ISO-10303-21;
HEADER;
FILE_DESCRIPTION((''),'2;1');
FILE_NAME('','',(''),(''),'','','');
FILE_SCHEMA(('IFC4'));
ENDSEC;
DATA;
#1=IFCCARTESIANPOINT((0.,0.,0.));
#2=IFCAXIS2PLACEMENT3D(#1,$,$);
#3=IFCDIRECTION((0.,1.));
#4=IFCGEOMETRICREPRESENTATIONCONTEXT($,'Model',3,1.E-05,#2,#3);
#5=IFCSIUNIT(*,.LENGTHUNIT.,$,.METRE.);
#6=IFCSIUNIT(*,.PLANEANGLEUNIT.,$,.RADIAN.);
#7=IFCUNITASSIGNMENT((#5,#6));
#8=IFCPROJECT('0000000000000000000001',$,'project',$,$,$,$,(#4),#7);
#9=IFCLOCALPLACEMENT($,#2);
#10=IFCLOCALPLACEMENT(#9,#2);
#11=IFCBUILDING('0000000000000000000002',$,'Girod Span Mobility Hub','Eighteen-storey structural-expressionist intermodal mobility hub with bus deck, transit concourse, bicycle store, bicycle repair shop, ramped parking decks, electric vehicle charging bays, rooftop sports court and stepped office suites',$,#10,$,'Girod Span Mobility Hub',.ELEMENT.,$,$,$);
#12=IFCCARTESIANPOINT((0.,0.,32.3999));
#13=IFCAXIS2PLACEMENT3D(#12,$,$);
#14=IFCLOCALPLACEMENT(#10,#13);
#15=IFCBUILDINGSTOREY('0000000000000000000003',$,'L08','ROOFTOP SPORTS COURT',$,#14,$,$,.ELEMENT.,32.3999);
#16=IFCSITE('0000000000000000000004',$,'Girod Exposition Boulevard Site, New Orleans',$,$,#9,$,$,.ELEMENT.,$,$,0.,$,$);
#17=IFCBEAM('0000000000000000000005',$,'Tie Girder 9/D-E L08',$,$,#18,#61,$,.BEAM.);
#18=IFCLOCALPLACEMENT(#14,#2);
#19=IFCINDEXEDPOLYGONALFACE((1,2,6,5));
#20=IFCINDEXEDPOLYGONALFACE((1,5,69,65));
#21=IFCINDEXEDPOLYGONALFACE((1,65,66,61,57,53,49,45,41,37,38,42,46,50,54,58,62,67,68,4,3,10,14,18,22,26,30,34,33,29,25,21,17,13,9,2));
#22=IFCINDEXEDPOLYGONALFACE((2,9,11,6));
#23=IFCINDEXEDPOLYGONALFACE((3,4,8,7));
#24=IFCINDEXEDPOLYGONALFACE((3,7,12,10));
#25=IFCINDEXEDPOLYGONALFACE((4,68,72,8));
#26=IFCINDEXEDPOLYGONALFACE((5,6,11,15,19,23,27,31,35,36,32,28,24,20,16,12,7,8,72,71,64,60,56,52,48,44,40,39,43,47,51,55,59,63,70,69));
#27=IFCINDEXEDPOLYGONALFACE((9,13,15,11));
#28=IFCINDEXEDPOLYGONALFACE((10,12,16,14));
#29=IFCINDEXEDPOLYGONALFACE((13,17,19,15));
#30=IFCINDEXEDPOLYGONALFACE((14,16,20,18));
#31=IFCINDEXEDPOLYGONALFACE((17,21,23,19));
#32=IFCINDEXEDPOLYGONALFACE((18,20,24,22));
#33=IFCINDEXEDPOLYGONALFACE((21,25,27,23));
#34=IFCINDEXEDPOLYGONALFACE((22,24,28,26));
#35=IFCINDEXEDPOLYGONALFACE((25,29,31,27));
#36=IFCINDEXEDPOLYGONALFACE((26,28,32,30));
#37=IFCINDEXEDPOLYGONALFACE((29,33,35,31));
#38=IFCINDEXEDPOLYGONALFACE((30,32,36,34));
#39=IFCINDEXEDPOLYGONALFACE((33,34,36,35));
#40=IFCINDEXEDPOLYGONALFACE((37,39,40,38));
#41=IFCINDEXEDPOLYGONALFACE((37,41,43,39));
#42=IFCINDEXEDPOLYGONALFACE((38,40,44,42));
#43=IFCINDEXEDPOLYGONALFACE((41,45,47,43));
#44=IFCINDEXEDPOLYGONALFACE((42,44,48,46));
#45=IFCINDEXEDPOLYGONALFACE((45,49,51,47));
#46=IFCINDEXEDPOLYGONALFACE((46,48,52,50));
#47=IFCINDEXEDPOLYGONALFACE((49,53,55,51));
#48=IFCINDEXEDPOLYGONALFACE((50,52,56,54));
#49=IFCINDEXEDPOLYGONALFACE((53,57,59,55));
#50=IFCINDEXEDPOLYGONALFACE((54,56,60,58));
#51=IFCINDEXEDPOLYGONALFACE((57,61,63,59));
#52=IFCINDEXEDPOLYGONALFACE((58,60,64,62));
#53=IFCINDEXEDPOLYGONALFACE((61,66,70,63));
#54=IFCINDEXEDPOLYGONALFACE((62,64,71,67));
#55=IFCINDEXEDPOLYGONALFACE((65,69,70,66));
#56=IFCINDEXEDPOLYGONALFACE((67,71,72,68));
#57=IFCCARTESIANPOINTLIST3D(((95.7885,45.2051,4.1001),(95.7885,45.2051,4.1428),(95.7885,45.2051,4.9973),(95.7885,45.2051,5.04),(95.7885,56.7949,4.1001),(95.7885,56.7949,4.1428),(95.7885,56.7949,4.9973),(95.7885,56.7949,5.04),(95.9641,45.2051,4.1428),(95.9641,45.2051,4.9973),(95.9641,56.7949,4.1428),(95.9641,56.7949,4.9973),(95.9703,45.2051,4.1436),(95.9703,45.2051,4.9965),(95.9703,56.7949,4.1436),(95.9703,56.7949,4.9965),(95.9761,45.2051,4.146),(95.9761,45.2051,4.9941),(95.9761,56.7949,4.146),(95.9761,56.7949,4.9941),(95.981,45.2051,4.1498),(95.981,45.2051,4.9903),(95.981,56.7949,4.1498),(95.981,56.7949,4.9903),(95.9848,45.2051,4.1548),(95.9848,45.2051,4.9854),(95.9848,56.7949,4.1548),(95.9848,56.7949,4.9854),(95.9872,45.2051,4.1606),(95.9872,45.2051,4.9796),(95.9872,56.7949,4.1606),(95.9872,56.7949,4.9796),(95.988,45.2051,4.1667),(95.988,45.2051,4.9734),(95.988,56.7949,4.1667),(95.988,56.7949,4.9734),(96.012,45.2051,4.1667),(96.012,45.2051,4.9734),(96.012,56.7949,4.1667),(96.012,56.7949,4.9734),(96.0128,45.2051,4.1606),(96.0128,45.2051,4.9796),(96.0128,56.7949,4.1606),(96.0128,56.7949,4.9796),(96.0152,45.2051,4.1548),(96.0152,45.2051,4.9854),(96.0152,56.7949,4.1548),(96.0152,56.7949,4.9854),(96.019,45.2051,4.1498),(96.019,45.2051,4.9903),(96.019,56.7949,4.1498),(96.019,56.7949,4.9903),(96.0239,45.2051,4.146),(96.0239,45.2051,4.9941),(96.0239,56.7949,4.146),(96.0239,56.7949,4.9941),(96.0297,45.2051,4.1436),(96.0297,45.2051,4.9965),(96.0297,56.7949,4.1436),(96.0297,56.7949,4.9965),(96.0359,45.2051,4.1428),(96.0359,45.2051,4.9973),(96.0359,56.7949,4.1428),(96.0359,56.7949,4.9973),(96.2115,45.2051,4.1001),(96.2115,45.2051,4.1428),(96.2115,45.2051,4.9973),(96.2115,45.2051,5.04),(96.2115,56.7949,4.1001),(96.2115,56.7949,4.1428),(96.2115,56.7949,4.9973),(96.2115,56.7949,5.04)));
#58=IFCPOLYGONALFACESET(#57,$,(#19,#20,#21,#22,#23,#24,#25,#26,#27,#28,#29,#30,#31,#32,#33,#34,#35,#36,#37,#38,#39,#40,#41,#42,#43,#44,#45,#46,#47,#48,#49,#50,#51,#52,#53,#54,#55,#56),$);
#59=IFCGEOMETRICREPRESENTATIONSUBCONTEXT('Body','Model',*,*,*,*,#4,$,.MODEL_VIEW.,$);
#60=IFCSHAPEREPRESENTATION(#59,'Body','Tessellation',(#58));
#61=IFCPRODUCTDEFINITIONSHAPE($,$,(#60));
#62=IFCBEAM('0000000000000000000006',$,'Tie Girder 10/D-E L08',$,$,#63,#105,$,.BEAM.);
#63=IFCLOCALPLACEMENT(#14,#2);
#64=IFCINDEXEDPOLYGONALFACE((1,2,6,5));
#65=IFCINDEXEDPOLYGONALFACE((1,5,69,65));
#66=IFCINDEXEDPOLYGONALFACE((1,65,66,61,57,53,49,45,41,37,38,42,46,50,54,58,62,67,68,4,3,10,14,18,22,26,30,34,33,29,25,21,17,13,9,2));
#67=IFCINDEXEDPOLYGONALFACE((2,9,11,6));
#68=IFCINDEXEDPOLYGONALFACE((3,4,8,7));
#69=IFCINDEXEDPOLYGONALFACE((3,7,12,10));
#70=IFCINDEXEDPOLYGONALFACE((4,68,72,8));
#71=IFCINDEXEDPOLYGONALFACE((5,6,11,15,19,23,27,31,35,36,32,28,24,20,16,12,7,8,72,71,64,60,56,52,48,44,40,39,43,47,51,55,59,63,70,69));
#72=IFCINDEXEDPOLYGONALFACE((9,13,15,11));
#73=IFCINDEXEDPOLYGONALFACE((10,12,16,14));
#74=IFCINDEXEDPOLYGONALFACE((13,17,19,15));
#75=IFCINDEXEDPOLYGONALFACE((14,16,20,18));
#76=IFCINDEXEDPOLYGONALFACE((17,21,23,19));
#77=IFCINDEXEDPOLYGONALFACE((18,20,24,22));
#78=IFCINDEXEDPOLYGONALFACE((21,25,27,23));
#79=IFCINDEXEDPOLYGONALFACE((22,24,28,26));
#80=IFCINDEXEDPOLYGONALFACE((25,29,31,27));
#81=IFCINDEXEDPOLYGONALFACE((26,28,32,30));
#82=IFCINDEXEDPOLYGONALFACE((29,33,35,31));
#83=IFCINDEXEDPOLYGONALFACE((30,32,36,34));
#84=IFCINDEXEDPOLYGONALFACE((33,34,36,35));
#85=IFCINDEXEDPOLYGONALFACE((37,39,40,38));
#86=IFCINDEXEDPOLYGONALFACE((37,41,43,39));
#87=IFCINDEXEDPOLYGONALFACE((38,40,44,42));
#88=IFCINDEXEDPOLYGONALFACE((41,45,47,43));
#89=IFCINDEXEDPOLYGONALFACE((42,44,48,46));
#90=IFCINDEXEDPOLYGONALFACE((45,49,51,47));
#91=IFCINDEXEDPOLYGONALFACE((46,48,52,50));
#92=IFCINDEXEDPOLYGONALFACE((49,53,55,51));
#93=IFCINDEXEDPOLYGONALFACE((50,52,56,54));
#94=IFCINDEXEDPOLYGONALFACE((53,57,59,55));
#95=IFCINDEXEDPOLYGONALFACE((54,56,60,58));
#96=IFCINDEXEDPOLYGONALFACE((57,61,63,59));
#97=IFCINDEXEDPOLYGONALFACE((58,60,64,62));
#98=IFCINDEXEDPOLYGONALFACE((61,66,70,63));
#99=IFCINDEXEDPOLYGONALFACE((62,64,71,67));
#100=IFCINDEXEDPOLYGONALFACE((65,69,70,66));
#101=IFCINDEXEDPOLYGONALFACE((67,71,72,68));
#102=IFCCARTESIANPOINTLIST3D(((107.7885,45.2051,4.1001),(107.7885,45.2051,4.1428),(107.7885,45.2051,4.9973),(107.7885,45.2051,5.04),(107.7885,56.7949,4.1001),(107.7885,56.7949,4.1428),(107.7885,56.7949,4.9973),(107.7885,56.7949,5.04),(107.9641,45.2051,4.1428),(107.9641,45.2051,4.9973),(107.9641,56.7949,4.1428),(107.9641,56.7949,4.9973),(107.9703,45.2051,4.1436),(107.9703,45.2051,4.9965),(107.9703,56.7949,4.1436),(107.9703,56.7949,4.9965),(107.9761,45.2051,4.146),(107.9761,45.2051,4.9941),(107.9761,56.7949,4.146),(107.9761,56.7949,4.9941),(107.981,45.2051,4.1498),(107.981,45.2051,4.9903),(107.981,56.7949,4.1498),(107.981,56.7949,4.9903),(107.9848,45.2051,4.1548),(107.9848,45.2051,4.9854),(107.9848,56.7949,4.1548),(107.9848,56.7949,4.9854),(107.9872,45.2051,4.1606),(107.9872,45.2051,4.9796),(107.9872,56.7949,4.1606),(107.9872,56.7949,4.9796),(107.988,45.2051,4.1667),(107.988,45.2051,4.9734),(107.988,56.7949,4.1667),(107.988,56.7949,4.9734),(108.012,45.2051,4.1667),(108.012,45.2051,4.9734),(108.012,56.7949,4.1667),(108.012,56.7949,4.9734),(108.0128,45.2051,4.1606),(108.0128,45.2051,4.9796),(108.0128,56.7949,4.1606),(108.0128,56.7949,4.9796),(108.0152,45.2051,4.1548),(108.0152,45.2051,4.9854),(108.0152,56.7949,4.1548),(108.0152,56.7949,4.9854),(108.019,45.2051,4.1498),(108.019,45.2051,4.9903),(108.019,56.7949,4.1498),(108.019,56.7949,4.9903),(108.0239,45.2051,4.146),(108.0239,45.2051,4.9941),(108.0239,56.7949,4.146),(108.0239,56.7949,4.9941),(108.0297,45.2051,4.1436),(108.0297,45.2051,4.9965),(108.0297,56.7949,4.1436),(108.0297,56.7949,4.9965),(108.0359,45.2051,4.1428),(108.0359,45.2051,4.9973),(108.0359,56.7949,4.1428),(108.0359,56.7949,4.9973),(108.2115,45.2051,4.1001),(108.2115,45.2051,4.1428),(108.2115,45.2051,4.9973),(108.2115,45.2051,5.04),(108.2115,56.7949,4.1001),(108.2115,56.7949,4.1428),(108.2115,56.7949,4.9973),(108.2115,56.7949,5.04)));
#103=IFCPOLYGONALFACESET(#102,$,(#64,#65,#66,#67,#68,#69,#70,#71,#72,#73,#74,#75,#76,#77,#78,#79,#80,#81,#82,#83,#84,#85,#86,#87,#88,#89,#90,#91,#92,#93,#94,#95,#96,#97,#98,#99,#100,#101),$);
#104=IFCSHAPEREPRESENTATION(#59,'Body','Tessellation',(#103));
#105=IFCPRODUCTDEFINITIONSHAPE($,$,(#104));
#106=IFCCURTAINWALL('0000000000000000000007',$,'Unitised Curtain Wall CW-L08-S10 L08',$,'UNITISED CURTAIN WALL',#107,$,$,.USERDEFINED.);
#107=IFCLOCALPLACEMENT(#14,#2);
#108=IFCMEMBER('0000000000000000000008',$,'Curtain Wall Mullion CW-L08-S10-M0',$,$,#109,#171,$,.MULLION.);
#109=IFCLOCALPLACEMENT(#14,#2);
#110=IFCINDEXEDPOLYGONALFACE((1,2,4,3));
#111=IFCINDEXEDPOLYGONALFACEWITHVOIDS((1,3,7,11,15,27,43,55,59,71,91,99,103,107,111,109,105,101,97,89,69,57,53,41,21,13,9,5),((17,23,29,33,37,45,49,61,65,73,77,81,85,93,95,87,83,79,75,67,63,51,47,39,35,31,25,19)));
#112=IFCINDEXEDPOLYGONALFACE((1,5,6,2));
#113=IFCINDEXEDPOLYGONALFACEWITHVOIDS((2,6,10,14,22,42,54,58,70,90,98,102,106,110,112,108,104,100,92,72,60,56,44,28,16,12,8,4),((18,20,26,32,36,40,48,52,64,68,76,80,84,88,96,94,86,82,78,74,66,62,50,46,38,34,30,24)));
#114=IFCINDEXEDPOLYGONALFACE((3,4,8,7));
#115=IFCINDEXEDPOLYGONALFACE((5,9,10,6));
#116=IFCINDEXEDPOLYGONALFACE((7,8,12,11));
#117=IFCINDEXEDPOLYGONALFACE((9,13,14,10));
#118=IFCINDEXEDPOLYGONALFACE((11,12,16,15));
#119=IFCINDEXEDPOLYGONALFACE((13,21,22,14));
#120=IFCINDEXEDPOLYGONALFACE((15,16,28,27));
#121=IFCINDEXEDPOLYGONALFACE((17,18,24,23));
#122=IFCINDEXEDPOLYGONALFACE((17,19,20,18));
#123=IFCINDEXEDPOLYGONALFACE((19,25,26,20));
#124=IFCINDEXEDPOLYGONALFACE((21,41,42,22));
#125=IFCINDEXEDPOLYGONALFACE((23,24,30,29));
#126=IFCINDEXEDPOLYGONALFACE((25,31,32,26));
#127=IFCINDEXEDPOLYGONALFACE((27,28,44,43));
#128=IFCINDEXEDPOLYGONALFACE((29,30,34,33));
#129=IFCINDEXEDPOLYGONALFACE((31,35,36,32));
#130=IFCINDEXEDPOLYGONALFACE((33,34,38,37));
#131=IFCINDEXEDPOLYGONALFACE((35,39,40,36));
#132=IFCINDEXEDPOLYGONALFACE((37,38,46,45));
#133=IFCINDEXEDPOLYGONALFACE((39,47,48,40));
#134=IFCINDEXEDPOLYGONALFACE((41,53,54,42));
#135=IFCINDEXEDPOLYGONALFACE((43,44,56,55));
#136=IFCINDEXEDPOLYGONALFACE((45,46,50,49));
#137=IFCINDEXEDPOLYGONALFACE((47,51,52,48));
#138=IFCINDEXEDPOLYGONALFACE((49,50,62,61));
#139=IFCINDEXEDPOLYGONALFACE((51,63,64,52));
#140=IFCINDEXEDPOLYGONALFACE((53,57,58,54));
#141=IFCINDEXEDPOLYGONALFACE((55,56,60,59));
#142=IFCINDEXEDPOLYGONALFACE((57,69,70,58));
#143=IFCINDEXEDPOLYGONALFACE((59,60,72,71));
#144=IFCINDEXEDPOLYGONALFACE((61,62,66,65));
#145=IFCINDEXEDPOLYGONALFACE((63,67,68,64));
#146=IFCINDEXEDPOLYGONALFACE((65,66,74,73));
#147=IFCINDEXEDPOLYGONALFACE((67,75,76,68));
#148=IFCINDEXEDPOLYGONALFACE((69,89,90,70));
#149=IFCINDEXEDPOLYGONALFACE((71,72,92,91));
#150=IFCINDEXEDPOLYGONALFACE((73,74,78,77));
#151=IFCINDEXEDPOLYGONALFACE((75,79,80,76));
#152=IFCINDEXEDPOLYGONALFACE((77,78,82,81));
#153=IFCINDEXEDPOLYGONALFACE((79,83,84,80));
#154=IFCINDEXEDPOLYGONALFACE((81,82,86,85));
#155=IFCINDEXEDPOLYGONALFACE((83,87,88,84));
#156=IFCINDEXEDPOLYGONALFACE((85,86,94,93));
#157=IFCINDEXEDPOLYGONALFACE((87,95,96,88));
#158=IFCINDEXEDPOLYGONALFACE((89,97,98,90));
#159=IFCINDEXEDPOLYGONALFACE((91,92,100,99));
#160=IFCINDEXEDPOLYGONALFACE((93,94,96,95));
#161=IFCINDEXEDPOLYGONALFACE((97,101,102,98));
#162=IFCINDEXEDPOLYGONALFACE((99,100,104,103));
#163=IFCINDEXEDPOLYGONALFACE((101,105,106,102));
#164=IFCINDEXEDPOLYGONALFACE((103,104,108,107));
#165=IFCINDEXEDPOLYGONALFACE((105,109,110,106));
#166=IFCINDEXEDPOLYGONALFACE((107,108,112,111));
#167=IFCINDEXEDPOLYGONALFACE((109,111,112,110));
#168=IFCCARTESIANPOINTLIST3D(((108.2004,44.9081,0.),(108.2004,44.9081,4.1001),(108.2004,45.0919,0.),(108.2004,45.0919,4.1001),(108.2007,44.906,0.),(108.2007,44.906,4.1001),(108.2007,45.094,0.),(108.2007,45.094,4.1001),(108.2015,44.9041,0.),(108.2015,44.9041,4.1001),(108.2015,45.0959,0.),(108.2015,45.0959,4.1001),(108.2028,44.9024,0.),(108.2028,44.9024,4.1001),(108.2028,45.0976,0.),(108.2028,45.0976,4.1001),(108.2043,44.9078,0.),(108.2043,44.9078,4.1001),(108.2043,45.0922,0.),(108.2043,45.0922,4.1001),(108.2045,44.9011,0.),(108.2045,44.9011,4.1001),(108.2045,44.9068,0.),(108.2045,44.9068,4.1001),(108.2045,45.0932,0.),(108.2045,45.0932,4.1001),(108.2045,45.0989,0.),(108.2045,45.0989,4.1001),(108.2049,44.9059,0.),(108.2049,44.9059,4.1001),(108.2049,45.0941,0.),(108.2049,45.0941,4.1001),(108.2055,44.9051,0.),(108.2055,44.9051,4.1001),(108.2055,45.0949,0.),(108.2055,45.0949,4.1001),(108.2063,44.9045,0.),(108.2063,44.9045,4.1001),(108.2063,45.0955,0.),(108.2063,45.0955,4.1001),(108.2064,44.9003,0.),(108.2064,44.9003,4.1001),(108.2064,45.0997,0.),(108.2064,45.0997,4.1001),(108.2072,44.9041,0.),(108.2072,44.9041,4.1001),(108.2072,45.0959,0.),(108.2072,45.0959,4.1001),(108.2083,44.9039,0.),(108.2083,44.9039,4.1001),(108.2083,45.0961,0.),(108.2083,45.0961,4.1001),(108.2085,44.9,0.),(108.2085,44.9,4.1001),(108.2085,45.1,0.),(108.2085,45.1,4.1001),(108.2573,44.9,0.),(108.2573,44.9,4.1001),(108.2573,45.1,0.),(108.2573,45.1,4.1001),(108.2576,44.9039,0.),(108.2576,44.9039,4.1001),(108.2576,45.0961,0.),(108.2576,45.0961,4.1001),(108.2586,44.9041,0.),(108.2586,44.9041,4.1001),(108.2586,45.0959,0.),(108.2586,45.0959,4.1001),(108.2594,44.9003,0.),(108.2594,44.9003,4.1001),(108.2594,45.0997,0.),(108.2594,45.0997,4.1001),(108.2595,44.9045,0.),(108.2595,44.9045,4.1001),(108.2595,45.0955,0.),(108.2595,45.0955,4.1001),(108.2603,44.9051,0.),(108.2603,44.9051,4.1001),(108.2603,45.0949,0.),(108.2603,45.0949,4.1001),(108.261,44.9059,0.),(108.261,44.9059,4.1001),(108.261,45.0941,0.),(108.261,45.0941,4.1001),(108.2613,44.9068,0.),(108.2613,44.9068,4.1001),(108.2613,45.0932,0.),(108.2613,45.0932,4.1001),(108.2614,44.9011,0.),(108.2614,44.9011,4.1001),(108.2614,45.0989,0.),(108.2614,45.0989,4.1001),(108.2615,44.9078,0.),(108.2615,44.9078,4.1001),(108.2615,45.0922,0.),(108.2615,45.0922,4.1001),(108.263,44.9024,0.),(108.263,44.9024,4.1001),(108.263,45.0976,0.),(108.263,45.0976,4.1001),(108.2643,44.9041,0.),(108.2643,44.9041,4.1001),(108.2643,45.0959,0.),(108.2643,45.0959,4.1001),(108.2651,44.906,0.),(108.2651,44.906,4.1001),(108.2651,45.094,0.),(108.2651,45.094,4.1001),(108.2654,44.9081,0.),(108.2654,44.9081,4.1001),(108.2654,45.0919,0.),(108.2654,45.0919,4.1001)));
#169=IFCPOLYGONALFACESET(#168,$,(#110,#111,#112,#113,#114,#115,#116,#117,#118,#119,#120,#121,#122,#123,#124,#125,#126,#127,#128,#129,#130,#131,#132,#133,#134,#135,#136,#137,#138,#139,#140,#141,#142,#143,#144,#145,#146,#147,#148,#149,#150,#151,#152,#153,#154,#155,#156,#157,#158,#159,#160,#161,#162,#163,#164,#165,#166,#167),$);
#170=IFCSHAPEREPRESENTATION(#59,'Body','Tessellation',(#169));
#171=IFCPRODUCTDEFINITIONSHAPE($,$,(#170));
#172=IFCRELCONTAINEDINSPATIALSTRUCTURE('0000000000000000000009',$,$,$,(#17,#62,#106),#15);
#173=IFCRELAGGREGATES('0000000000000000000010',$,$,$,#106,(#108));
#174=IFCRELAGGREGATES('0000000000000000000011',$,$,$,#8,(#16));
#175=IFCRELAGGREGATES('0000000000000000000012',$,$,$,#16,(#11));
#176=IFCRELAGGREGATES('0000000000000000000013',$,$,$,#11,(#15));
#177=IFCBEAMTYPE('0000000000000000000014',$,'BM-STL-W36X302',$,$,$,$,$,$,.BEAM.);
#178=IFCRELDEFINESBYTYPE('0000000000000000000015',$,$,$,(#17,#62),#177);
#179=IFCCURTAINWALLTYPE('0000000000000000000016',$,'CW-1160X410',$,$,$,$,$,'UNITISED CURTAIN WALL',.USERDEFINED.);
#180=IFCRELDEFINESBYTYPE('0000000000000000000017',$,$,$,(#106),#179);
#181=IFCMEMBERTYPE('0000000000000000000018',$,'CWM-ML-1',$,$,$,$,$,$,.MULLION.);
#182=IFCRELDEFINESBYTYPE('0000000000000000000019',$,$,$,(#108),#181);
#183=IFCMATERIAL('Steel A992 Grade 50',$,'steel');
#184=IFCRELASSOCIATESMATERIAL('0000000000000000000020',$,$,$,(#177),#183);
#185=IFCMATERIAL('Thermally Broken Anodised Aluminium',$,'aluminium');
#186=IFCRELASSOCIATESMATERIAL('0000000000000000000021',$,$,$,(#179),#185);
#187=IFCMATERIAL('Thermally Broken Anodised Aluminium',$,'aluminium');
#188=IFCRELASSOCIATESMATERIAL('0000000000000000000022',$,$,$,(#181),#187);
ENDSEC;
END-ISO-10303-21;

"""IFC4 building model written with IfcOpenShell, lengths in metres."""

from ifc_helpers import new_model, si_unit, direction, frame, origin, origin_2d, place, context, subcontext, project, spatial, hollow_rectangle, i_section, extrude, material, material_profile, profile_set, type_object, element, aggregate, save


model = new_model("IFC4")

# Units and contexts
model_context = context("Model", 3, precision=1e-05, world=origin(), true_north=direction((0.0, 1.0)))
body_context = subcontext(model_context, "Body", "Model", "MODEL_VIEW")
ifc_project = project(units=[si_unit("LENGTHUNIT", "METRE"), si_unit("PLANEANGLEUNIT", "RADIAN")], contexts=[model_context])

# Site, building, storey
site_placement = place(None, origin())
site = spatial("IfcSite", under=ifc_project, at=site_placement, Name="Girod Exposition Boulevard Site, New Orleans", CompositionType="ELEMENT", RefElevation=0.0)
building_placement = place(site_placement, origin())
building = spatial("IfcBuilding", under=site, at=building_placement, Name="Girod Span Mobility Hub", Description="Eighteen-storey structural-expressionist intermodal mobility hub with bus deck, transit concourse, bicycle store, bicycle repair shop, ramped parking decks, electric vehicle charging bays, rooftop sports court and stepped office suites", LongName="Girod Span Mobility Hub", CompositionType="ELEMENT")
storey_placement = place(building_placement, frame((0.0, 0.0, 32.3999)))
storey = spatial("IfcBuildingStorey", under=building, at=storey_placement, Name="L08", Description="ROOFTOP SPORTS COURT", CompositionType="ELEMENT", Elevation=32.3999)

# Beams
ifc_material_1 = material(Name="Steel A992 Grade 50", Category="steel")
ifc_material_profile_1 = material_profile(ifc_material_1, i_section(OverallWidth=0.4231, OverallDepth=0.9399, WebThickness=0.0239, FlangeThickness=0.0427, FilletRadius=0.0239, at=origin_2d()), Name="W36X302")
ifc_profile_set_1 = profile_set([ifc_material_profile_1], Name="Steel A992 Grade 50")
beam_type_1 = type_object("IfcBeamType", Name="BM-STL-W36X302", PredefinedType="BEAM", material=ifc_profile_set_1)
for number, where, z_axis, x_axis, name in (
    (1, (96.0, 45.2051, 4.5701), (0.0, 1.0, 0.0), (-1.0, 0.0, 0.0), "Tie Girder 9/D-E L08"),
    (2, (108.0, 45.2051, 4.5701), (0.0, 1.0, 0.0), (-1.0, 0.0, 0.0), "Tie Girder 10/D-E L08"),
):
    element("IfcBeam", number, at=place(storey_placement, frame(where, z_axis=z_axis, x_axis=x_axis)), inside=storey, type_object=beam_type_1, Name=name, PredefinedType="BEAM", context=body_context, shape_type="SweptSolid", body=[
        extrude(i_section(OverallWidth=0.4231, OverallDepth=0.9399, WebThickness=0.0239, FlangeThickness=0.0427, FilletRadius=0.0239, at=origin_2d()), origin(), (0.0, 0.0, 1.0), 11.5898),
    ])

# Curtain wall, member
ifc_material_2 = material(Name="Thermally Broken Anodised Aluminium", Category="aluminium")
curtain_wall_type = type_object("IfcCurtainWallType", Name="CW-1160X410", ElementType="UNITISED CURTAIN WALL", PredefinedType="USERDEFINED", material=ifc_material_2)
curtain_wall_placement = place(storey_placement, origin())
curtain_wall = element("IfcCurtainWall", 3, at=curtain_wall_placement, inside=storey, type_object=curtain_wall_type, Name="Unitised Curtain Wall CW-L08-S10 L08", ObjectType="UNITISED CURTAIN WALL", PredefinedType="USERDEFINED")
ifc_material_3 = material(Name="Thermally Broken Anodised Aluminium", Category="aluminium")
ifc_material_profile_2 = material_profile(ifc_material_3, hollow_rectangle(XDim=0.2, YDim=0.0649, WallThickness=0.0039, InnerFilletRadius=0.0039, OuterFilletRadius=0.0081, at=origin_2d()), Name="CW-ML-65X200")
ifc_profile_set_2 = profile_set([ifc_material_profile_2], Name="Thermally Broken Anodised Aluminium")
member_type_1 = type_object("IfcMemberType", Name="CWM-ML-1", PredefinedType="MULLION", material=ifc_profile_set_2)
member_1_placement = place(storey_placement, frame((108.2329, 45.0, 0.0), z_axis=(0.0, 0.0, 1.0), x_axis=(0.0, 1.0, 0.0)))
member_1 = element("IfcMember", 4, at=member_1_placement, type_object=member_type_1, Name="Curtain Wall Mullion CW-L08-S10-M0", PredefinedType="MULLION", context=body_context, shape_type="SweptSolid", body=[
    extrude(hollow_rectangle(XDim=0.2, YDim=0.0649, WallThickness=0.0039, InnerFilletRadius=0.0039, OuterFilletRadius=0.0081, at=origin_2d()), origin(), (0.0, 0.0, 1.0), 4.1001),
])

aggregate(curtain_wall, [member_1])

save(model, "model.ifc")
